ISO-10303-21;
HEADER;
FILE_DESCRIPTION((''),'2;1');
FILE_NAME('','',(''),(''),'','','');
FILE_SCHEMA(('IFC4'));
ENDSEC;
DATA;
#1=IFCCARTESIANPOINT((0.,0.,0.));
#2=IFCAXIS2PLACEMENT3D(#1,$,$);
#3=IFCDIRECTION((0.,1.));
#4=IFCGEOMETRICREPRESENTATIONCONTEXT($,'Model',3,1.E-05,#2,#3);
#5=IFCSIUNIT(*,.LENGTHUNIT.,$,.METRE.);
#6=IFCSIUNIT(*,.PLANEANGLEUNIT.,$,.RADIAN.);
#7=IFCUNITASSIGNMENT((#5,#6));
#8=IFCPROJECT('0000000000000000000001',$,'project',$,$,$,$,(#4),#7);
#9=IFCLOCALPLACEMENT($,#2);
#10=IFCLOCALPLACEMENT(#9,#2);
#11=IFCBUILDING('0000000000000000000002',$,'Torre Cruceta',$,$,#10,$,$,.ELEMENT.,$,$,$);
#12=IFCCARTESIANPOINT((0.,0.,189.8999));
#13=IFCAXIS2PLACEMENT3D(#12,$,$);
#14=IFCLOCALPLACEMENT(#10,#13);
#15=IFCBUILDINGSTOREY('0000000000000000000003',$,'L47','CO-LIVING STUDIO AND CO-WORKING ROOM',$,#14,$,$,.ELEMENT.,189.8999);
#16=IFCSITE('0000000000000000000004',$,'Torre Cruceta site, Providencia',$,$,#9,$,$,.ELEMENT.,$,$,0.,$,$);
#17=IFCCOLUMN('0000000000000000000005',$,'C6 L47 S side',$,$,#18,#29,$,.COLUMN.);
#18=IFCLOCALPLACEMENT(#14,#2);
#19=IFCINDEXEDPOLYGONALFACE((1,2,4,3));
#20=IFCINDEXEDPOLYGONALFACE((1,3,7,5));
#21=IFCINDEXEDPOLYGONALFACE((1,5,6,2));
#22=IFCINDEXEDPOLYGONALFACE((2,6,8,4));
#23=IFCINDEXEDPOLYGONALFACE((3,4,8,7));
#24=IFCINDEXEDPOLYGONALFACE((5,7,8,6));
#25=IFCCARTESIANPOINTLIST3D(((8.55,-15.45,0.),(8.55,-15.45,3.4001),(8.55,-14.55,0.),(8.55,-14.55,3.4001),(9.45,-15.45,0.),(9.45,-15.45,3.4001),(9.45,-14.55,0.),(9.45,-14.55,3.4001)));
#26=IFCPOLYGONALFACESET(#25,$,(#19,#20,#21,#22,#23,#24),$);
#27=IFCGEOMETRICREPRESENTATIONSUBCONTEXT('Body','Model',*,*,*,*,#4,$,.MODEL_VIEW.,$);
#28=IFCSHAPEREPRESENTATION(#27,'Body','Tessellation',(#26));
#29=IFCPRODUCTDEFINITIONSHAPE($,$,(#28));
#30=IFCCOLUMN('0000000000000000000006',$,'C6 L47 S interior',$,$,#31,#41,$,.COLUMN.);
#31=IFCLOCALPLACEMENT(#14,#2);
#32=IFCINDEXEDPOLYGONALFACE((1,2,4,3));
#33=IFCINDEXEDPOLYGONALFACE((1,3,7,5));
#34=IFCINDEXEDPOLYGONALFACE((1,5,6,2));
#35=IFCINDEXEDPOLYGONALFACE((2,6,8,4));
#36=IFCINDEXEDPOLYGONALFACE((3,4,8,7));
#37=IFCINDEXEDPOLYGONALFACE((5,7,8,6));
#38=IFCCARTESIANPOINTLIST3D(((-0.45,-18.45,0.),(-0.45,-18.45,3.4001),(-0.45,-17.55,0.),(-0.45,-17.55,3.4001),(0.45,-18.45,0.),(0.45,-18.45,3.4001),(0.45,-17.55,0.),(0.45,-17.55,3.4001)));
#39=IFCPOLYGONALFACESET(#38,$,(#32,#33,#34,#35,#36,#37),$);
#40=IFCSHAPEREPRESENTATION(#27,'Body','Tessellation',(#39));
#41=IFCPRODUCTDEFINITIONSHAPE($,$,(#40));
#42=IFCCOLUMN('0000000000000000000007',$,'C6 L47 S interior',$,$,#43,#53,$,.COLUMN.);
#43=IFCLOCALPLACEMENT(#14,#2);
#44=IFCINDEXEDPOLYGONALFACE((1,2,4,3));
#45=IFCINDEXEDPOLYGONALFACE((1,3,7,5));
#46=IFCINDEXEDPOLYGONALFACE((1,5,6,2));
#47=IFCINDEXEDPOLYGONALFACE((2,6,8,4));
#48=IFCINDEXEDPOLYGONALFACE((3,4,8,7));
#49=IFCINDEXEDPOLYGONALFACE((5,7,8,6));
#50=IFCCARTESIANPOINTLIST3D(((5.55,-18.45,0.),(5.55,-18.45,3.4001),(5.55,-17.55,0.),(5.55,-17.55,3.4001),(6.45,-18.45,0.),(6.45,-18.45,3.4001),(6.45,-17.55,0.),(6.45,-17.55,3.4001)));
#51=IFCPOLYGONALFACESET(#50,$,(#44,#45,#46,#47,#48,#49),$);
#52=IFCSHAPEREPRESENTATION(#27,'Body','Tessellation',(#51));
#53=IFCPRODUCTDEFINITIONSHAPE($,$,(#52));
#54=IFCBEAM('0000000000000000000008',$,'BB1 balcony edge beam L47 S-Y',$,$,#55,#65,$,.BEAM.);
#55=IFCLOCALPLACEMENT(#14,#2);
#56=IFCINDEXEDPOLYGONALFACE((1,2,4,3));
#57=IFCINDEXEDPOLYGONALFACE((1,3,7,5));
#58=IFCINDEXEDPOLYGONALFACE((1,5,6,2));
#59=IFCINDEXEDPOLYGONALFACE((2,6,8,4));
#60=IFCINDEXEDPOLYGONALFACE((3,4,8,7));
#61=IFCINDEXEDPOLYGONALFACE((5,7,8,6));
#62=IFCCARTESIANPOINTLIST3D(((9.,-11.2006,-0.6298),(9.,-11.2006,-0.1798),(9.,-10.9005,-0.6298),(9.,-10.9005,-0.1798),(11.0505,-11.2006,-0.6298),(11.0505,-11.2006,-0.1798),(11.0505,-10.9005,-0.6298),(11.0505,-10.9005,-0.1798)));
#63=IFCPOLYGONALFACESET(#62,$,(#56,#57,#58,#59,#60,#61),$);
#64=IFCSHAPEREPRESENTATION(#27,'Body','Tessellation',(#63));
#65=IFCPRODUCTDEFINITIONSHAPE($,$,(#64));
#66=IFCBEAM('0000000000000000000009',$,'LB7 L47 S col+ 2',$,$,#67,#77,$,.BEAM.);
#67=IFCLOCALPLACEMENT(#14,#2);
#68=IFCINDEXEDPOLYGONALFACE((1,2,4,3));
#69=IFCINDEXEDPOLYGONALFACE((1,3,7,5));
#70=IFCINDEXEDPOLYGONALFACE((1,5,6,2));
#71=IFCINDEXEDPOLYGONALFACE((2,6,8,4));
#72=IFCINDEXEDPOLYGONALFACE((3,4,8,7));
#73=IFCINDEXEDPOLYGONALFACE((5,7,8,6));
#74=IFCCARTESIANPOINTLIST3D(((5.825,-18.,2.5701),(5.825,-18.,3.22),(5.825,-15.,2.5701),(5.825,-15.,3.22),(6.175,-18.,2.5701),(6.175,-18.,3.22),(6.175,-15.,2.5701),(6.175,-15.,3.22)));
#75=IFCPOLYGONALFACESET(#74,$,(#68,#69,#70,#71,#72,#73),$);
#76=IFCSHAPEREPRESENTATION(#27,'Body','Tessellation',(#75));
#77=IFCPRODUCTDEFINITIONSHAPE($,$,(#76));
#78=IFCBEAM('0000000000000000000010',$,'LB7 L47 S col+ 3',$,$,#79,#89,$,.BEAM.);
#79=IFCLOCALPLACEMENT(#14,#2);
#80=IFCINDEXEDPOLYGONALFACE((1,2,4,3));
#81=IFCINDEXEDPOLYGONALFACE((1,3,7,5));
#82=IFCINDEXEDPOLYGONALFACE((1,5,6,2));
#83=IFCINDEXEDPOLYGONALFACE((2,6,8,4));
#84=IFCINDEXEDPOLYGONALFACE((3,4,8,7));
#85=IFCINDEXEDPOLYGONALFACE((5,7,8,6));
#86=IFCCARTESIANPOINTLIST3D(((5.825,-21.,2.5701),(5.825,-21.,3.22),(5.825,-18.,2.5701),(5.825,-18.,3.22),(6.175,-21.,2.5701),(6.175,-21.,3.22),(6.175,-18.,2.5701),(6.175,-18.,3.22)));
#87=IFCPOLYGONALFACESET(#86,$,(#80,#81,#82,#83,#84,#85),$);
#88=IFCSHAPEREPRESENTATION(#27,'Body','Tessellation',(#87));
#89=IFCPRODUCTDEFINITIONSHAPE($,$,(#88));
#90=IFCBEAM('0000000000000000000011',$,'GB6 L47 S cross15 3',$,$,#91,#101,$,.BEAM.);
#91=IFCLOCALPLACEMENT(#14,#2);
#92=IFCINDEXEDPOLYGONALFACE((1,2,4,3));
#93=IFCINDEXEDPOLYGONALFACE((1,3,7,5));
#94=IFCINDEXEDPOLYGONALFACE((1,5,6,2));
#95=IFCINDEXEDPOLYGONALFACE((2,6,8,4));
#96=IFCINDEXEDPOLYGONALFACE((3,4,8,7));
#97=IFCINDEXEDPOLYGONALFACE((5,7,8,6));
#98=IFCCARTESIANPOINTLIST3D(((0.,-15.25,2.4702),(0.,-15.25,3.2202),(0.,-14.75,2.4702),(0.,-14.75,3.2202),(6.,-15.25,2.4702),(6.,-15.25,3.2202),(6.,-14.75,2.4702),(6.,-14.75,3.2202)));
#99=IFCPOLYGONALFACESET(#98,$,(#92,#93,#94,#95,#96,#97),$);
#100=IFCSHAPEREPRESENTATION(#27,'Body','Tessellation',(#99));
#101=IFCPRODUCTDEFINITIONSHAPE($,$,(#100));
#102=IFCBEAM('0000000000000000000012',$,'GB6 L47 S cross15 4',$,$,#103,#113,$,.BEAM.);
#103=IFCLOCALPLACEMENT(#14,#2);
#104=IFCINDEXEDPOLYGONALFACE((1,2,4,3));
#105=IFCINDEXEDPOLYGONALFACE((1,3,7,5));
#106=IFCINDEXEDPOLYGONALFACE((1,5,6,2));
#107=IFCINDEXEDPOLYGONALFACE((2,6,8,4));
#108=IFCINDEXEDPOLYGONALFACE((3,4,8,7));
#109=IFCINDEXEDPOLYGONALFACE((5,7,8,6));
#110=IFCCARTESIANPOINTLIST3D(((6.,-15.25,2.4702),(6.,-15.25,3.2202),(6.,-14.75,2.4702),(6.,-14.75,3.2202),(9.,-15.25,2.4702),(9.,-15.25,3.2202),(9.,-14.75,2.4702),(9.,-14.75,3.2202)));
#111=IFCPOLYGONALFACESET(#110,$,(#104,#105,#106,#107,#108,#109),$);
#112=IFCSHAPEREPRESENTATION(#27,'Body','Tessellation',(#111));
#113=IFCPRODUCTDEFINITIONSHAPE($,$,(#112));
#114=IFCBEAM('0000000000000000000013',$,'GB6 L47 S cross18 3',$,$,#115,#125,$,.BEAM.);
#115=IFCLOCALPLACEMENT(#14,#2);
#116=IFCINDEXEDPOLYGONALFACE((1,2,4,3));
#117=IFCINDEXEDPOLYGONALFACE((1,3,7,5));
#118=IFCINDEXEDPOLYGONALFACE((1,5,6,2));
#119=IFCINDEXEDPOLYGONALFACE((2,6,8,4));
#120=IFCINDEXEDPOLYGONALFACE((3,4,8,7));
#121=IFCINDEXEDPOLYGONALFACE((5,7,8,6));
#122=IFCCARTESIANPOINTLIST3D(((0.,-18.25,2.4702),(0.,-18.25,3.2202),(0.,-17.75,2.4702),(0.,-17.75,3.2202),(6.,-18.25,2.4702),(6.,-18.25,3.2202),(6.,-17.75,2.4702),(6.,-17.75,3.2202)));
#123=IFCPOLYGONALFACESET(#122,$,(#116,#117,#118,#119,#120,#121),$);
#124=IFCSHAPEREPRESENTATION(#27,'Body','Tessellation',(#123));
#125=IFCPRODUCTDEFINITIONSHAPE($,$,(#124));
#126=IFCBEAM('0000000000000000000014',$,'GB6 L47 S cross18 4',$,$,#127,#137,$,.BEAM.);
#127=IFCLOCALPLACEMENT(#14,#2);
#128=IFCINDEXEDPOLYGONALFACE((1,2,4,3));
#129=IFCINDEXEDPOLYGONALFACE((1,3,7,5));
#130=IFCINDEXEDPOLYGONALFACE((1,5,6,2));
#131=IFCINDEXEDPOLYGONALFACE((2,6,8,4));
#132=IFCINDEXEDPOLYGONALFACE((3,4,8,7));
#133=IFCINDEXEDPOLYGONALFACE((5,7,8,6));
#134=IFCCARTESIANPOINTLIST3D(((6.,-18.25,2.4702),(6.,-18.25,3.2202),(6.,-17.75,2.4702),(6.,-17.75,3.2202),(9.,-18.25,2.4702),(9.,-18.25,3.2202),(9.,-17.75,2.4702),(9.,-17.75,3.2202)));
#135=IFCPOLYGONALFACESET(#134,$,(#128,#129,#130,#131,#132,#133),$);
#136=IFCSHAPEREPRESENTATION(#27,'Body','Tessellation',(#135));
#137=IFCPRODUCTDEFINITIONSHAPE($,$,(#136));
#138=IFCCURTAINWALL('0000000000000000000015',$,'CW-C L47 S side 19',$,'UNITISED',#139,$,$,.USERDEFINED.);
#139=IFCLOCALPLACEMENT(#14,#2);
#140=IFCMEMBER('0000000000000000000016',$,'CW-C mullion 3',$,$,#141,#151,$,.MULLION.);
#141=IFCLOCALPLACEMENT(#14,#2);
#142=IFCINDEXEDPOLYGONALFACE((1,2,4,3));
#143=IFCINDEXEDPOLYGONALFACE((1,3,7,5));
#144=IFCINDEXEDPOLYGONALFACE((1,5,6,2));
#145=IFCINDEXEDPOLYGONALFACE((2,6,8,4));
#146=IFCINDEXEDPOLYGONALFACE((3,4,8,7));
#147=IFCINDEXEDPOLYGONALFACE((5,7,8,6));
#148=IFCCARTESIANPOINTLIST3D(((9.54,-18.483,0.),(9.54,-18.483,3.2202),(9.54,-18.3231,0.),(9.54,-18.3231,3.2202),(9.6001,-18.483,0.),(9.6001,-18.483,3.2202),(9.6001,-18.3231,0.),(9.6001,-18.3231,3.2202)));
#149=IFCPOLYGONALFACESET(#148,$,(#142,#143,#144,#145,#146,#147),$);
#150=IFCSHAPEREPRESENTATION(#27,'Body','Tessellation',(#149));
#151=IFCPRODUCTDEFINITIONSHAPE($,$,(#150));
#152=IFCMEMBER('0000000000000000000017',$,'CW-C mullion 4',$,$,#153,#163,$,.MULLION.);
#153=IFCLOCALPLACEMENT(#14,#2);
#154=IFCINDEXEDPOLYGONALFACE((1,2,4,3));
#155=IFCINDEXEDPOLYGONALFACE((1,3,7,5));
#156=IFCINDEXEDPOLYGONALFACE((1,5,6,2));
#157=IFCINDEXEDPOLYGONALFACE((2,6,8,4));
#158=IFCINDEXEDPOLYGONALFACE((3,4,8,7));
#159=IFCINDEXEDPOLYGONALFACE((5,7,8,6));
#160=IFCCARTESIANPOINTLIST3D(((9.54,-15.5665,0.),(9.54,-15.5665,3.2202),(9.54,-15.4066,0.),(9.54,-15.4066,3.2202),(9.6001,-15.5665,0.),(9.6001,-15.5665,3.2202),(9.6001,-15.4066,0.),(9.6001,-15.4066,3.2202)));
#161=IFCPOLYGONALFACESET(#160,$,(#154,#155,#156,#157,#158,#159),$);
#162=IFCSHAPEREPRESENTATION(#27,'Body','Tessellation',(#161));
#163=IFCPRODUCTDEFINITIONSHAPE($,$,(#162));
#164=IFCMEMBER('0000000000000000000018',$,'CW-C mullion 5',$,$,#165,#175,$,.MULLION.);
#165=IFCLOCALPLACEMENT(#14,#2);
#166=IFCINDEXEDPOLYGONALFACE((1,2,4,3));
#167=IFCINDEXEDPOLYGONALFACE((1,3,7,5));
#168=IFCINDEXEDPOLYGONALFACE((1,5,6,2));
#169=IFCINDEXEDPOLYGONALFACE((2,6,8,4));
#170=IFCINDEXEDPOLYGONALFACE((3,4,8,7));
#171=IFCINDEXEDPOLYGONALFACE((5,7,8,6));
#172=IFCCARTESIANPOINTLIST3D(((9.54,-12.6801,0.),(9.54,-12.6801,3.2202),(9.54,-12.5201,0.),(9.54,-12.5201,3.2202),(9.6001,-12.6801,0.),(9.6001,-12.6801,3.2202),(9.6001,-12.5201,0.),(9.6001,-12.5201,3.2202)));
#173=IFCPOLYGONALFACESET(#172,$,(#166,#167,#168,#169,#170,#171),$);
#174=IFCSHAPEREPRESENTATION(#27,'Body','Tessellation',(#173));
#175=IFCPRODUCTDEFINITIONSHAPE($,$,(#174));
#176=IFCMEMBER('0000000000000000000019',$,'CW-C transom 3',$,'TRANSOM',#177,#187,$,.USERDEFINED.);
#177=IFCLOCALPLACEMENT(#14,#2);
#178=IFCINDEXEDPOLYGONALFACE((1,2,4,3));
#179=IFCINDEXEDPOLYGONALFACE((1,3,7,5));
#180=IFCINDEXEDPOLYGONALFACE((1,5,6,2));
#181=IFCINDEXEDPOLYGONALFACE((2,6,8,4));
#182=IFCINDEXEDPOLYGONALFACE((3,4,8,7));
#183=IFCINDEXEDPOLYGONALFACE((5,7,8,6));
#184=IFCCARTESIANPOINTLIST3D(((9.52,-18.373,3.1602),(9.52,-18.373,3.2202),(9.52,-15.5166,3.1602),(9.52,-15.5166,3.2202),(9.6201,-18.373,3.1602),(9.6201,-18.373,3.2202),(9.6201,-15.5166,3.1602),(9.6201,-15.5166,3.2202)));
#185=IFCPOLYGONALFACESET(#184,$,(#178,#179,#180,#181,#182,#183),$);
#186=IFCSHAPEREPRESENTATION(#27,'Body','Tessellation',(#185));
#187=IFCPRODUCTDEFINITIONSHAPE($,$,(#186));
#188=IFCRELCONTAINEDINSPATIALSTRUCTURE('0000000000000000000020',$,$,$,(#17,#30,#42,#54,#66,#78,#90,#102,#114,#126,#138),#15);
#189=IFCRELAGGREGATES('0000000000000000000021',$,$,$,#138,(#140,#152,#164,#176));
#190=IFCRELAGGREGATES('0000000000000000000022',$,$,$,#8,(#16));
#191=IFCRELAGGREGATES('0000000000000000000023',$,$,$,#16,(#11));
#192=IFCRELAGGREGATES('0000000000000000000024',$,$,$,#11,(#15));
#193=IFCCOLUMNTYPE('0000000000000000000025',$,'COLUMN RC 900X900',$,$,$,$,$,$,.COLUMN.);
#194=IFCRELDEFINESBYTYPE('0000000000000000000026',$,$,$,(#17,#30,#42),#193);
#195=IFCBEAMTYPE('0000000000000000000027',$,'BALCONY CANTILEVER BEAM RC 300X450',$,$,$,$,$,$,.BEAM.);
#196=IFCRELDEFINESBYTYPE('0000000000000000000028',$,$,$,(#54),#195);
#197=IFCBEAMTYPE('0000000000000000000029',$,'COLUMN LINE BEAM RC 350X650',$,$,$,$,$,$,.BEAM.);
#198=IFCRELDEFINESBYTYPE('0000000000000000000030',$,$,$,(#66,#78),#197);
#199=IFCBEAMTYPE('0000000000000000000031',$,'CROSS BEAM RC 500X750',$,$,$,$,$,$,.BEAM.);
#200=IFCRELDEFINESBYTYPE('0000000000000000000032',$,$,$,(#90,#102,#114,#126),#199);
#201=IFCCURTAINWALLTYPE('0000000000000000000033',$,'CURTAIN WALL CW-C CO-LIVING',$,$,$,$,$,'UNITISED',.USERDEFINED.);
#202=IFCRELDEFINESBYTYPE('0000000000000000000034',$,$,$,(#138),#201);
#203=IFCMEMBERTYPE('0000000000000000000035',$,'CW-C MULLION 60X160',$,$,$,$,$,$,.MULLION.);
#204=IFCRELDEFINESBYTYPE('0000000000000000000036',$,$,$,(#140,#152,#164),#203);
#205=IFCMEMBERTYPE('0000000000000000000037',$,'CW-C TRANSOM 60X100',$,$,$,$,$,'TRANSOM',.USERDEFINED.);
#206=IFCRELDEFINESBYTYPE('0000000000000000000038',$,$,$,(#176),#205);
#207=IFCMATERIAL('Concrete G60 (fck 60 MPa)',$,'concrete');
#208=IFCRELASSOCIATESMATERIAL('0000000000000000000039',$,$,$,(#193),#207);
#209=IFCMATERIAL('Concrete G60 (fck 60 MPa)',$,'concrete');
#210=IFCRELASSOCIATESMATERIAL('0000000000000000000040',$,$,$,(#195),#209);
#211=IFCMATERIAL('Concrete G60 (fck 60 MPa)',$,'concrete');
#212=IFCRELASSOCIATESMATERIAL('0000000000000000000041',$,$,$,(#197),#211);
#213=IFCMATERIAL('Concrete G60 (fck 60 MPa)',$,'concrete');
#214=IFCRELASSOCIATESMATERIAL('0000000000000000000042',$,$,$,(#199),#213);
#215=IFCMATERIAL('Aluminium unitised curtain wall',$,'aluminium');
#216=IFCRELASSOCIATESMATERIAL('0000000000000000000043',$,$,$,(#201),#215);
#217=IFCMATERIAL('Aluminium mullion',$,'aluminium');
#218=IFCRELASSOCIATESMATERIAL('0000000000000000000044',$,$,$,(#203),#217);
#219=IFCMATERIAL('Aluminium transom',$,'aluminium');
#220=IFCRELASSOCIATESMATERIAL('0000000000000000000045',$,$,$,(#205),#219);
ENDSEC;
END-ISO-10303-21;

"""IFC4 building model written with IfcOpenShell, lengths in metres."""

from ifc_helpers import new_model, si_unit, direction, frame, origin, origin_2d, place, context, subcontext, project, spatial, rectangle, extrude, material, material_profile, profile_set, type_object, element, aggregate, save


model = new_model("IFC4")

# Units and contexts
model_context = context("Model", 3, precision=1e-05, world=origin(), true_north=direction((0.0, 1.0)))
body_context = subcontext(model_context, "Body", "Model", "MODEL_VIEW")
ifc_project = project(units=[si_unit("LENGTHUNIT", "METRE"), si_unit("PLANEANGLEUNIT", "RADIAN")], contexts=[model_context])

# Site, building, storey
site_placement = place(None, origin())
site = spatial("IfcSite", under=ifc_project, at=site_placement, Name="Torre Cruceta site, Providencia", CompositionType="ELEMENT", RefElevation=0.0)
building_placement = place(site_placement, origin())
building = spatial("IfcBuilding", under=site, at=building_placement, Name="Torre Cruceta", CompositionType="ELEMENT")
storey_placement = place(building_placement, frame((0.0, 0.0, 189.8999)))
storey = spatial("IfcBuildingStorey", under=building, at=storey_placement, Name="L47", Description="CO-LIVING STUDIO AND CO-WORKING ROOM", CompositionType="ELEMENT", Elevation=189.8999)

# Columns
ifc_material_1 = material(Name="Concrete G60 (fck 60 MPa)", Category="concrete")
ifc_material_profile_1 = material_profile(ifc_material_1, rectangle(XDim=0.8999, YDim=0.8999, at=origin_2d()), Name="RC 900X900")
ifc_profile_set_1 = profile_set([ifc_material_profile_1], Name="Concrete G60 (fck 60 MPa)")
column_type = type_object("IfcColumnType", Name="COLUMN RC 900X900", PredefinedType="COLUMN", material=ifc_profile_set_1)
for number, where, z_axis, x_axis, name in (
    (1, (9.0, -15.0, 0.0), (0.0, 0.0, 1.0), (1.0, 0.0, 0.0), "C6 L47 S side"),
    (2, (0.0, -18.0, 0.0), (0.0, 0.0, 1.0), (1.0, 0.0, 0.0), "C6 L47 S interior"),
    (3, (6.0, -18.0, 0.0), (0.0, 0.0, 1.0), (1.0, 0.0, 0.0), "C6 L47 S interior"),
):
    element("IfcColumn", number, at=place(storey_placement, frame(where, z_axis=z_axis, x_axis=x_axis)), inside=storey, type_object=column_type, Name=name, PredefinedType="COLUMN", context=body_context, shape_type="SweptSolid", body=[
        extrude(rectangle(XDim=0.8999, YDim=0.8999, at=origin_2d()), origin(), (0.0, 0.0, 1.0), 3.4001),
    ])

# Beams
ifc_material_2 = material(Name="Concrete G60 (fck 60 MPa)", Category="concrete")
ifc_material_profile_2 = material_profile(ifc_material_2, rectangle(XDim=0.3, YDim=0.45, at=origin_2d()), Name="RC 300X450")
ifc_profile_set_2 = profile_set([ifc_material_profile_2], Name="Concrete G60 (fck 60 MPa)")
beam_type_1 = type_object("IfcBeamType", Name="BALCONY CANTILEVER BEAM RC 300X450", PredefinedType="BEAM", material=ifc_profile_set_2)
beam_1_placement = place(storey_placement, frame((9.0, -11.0505, -0.4048), z_axis=(1.0, 0.0, 0.0), x_axis=(0.0, 1.0, 0.0)))
element("IfcBeam", 4, at=beam_1_placement, inside=storey, type_object=beam_type_1, Name="BB1 balcony edge beam L47 S-Y", PredefinedType="BEAM", context=body_context, shape_type="SweptSolid", body=[
    extrude(rectangle(XDim=0.3, YDim=0.45, at=origin_2d()), origin(), (0.0, 0.0, 1.0), 2.0505),
])
ifc_material_3 = material(Name="Concrete G60 (fck 60 MPa)", Category="concrete")
ifc_material_profile_3 = material_profile(ifc_material_3, rectangle(XDim=0.3501, YDim=0.6499, at=origin_2d()), Name="RC 350X650")
ifc_profile_set_3 = profile_set([ifc_material_profile_3], Name="Concrete G60 (fck 60 MPa)")
beam_type_2 = type_object("IfcBeamType", Name="COLUMN LINE BEAM RC 350X650", PredefinedType="BEAM", material=ifc_profile_set_3)
for number, where, z_axis, x_axis, name in (
    (5, (6.0, -15.0, 2.895), (0.0, -1.0, 0.0), (1.0, 0.0, 0.0), "LB7 L47 S col+ 2"),
    (6, (6.0, -18.0, 2.895), (0.0, -1.0, 0.0), (1.0, 0.0, 0.0), "LB7 L47 S col+ 3"),
):
    element("IfcBeam", number, at=place(storey_placement, frame(where, z_axis=z_axis, x_axis=x_axis)), inside=storey, type_object=beam_type_2, Name=name, PredefinedType="BEAM", context=body_context, shape_type="SweptSolid", body=[
        extrude(rectangle(XDim=0.3501, YDim=0.6499, at=origin_2d()), origin(), (0.0, 0.0, 1.0), 3.0),
    ])
ifc_material_4 = material(Name="Concrete G60 (fck 60 MPa)", Category="concrete")
ifc_material_profile_4 = material_profile(ifc_material_4, rectangle(XDim=0.5, YDim=0.75, at=origin_2d()), Name="RC 500X750")
ifc_profile_set_4 = profile_set([ifc_material_profile_4], Name="Concrete G60 (fck 60 MPa)")
beam_type_3 = type_object("IfcBeamType", Name="CROSS BEAM RC 500X750", PredefinedType="BEAM", material=ifc_profile_set_4)
beam_2_placement = place(storey_placement, frame((0.0, -15.0, 2.8452), z_axis=(1.0, 0.0, 0.0), x_axis=(0.0, 1.0, 0.0)))
element("IfcBeam", 7, at=beam_2_placement, inside=storey, type_object=beam_type_3, Name="GB6 L47 S cross15 3", PredefinedType="BEAM", context=body_context, shape_type="SweptSolid", body=[
    extrude(rectangle(XDim=0.5, YDim=0.75, at=origin_2d()), origin(), (0.0, 0.0, 1.0), 6.0),
])
beam_3_placement = place(storey_placement, frame((6.0, -15.0, 2.8452), z_axis=(1.0, 0.0, 0.0), x_axis=(0.0, 1.0, 0.0)))
element("IfcBeam", 8, at=beam_3_placement, inside=storey, type_object=beam_type_3, Name="GB6 L47 S cross15 4", PredefinedType="BEAM", context=body_context, shape_type="SweptSolid", body=[
    extrude(rectangle(XDim=0.5, YDim=0.75, at=origin_2d()), origin(), (0.0, 0.0, 1.0), 3.0),
])
beam_4_placement = place(storey_placement, frame((0.0, -18.0, 2.8452), z_axis=(1.0, 0.0, 0.0), x_axis=(0.0, 1.0, 0.0)))
element("IfcBeam", 9, at=beam_4_placement, inside=storey, type_object=beam_type_3, Name="GB6 L47 S cross18 3", PredefinedType="BEAM", context=body_context, shape_type="SweptSolid", body=[
    extrude(rectangle(XDim=0.5, YDim=0.75, at=origin_2d()), origin(), (0.0, 0.0, 1.0), 6.0),
])
beam_5_placement = place(storey_placement, frame((6.0, -18.0, 2.8452), z_axis=(1.0, 0.0, 0.0), x_axis=(0.0, 1.0, 0.0)))
element("IfcBeam", 10, at=beam_5_placement, inside=storey, type_object=beam_type_3, Name="GB6 L47 S cross18 4", PredefinedType="BEAM", context=body_context, shape_type="SweptSolid", body=[
    extrude(rectangle(XDim=0.5, YDim=0.75, at=origin_2d()), origin(), (0.0, 0.0, 1.0), 3.0),
])

# Curtain wall, members
ifc_material_5 = material(Name="Aluminium unitised curtain wall", Category="aluminium")
curtain_wall_type = type_object("IfcCurtainWallType", Name="CURTAIN WALL CW-C CO-LIVING", ElementType="UNITISED", PredefinedType="USERDEFINED", material=ifc_material_5)
curtain_wall_placement = place(storey_placement, origin())
curtain_wall = element("IfcCurtainWall", 11, at=curtain_wall_placement, inside=storey, type_object=curtain_wall_type, Name="CW-C L47 S side 19", ObjectType="UNITISED", PredefinedType="USERDEFINED")
ifc_material_6 = material(Name="Aluminium mullion", Category="aluminium")
ifc_material_profile_5 = material_profile(ifc_material_6, rectangle(XDim=0.0601, YDim=0.1599, at=origin_2d()), Name="AL 60X160")
ifc_profile_set_5 = profile_set([ifc_material_profile_5], Name="Aluminium mullion")
member_type_1 = type_object("IfcMemberType", Name="CW-C MULLION 60X160", PredefinedType="MULLION", material=ifc_profile_set_5)
member_1_placement = place(storey_placement, frame((9.5701, -18.4031, 0.0), z_axis=(0.0, 0.0, 1.0), x_axis=(-1.0, 0.0, 0.0)))
member_1 = element("IfcMember", 12, at=member_1_placement, type_object=member_type_1, Name="CW-C mullion 3", PredefinedType="MULLION", context=body_context, shape_type="SweptSolid", body=[
    extrude(rectangle(XDim=0.0601, YDim=0.1599, at=origin_2d()), origin(), (0.0, 0.0, 1.0), 3.2202),
])
member_2_placement = place(storey_placement, frame((9.5701, -15.4866, 0.0), z_axis=(0.0, 0.0, 1.0), x_axis=(-1.0, 0.0, 0.0)))
member_2 = element("IfcMember", 13, at=member_2_placement, type_object=member_type_1, Name="CW-C mullion 4", PredefinedType="MULLION", context=body_context, shape_type="SweptSolid", body=[
    extrude(rectangle(XDim=0.0601, YDim=0.1599, at=origin_2d()), origin(), (0.0, 0.0, 1.0), 3.2202),
])
member_3_placement = place(storey_placement, frame((9.5701, -12.6001, 0.0), z_axis=(0.0, 0.0, 1.0), x_axis=(-1.0, 0.0, 0.0)))
member_3 = element("IfcMember", 14, at=member_3_placement, type_object=member_type_1, Name="CW-C mullion 5", PredefinedType="MULLION", context=body_context, shape_type="SweptSolid", body=[
    extrude(rectangle(XDim=0.0601, YDim=0.1599, at=origin_2d()), origin(), (0.0, 0.0, 1.0), 3.2202),
])
ifc_material_7 = material(Name="Aluminium transom", Category="aluminium")
ifc_material_profile_6 = material_profile(ifc_material_7, rectangle(XDim=0.1001, YDim=0.0601, at=origin_2d()), Name="AL 100X60")
ifc_profile_set_6 = profile_set([ifc_material_profile_6], Name="Aluminium transom")
member_type_2 = type_object("IfcMemberType", Name="CW-C TRANSOM 60X100", ElementType="TRANSOM", PredefinedType="USERDEFINED", material=ifc_profile_set_6)
member_4_placement = place(storey_placement, frame((9.5701, -18.373, 3.1902), z_axis=(0.0, 1.0, 0.0), x_axis=(-1.0, 0.0, 0.0)))
member_4 = element("IfcMember", 15, at=member_4_placement, type_object=member_type_2, Name="CW-C transom 3", ObjectType="TRANSOM", PredefinedType="USERDEFINED", context=body_context, shape_type="SweptSolid", body=[
    extrude(rectangle(XDim=0.1001, YDim=0.0601, at=origin_2d()), origin(), (0.0, 0.0, 1.0), 2.8564),
])

aggregate(curtain_wall, [member_1, member_2, member_3, member_4])

save(model, "model.ifc")
